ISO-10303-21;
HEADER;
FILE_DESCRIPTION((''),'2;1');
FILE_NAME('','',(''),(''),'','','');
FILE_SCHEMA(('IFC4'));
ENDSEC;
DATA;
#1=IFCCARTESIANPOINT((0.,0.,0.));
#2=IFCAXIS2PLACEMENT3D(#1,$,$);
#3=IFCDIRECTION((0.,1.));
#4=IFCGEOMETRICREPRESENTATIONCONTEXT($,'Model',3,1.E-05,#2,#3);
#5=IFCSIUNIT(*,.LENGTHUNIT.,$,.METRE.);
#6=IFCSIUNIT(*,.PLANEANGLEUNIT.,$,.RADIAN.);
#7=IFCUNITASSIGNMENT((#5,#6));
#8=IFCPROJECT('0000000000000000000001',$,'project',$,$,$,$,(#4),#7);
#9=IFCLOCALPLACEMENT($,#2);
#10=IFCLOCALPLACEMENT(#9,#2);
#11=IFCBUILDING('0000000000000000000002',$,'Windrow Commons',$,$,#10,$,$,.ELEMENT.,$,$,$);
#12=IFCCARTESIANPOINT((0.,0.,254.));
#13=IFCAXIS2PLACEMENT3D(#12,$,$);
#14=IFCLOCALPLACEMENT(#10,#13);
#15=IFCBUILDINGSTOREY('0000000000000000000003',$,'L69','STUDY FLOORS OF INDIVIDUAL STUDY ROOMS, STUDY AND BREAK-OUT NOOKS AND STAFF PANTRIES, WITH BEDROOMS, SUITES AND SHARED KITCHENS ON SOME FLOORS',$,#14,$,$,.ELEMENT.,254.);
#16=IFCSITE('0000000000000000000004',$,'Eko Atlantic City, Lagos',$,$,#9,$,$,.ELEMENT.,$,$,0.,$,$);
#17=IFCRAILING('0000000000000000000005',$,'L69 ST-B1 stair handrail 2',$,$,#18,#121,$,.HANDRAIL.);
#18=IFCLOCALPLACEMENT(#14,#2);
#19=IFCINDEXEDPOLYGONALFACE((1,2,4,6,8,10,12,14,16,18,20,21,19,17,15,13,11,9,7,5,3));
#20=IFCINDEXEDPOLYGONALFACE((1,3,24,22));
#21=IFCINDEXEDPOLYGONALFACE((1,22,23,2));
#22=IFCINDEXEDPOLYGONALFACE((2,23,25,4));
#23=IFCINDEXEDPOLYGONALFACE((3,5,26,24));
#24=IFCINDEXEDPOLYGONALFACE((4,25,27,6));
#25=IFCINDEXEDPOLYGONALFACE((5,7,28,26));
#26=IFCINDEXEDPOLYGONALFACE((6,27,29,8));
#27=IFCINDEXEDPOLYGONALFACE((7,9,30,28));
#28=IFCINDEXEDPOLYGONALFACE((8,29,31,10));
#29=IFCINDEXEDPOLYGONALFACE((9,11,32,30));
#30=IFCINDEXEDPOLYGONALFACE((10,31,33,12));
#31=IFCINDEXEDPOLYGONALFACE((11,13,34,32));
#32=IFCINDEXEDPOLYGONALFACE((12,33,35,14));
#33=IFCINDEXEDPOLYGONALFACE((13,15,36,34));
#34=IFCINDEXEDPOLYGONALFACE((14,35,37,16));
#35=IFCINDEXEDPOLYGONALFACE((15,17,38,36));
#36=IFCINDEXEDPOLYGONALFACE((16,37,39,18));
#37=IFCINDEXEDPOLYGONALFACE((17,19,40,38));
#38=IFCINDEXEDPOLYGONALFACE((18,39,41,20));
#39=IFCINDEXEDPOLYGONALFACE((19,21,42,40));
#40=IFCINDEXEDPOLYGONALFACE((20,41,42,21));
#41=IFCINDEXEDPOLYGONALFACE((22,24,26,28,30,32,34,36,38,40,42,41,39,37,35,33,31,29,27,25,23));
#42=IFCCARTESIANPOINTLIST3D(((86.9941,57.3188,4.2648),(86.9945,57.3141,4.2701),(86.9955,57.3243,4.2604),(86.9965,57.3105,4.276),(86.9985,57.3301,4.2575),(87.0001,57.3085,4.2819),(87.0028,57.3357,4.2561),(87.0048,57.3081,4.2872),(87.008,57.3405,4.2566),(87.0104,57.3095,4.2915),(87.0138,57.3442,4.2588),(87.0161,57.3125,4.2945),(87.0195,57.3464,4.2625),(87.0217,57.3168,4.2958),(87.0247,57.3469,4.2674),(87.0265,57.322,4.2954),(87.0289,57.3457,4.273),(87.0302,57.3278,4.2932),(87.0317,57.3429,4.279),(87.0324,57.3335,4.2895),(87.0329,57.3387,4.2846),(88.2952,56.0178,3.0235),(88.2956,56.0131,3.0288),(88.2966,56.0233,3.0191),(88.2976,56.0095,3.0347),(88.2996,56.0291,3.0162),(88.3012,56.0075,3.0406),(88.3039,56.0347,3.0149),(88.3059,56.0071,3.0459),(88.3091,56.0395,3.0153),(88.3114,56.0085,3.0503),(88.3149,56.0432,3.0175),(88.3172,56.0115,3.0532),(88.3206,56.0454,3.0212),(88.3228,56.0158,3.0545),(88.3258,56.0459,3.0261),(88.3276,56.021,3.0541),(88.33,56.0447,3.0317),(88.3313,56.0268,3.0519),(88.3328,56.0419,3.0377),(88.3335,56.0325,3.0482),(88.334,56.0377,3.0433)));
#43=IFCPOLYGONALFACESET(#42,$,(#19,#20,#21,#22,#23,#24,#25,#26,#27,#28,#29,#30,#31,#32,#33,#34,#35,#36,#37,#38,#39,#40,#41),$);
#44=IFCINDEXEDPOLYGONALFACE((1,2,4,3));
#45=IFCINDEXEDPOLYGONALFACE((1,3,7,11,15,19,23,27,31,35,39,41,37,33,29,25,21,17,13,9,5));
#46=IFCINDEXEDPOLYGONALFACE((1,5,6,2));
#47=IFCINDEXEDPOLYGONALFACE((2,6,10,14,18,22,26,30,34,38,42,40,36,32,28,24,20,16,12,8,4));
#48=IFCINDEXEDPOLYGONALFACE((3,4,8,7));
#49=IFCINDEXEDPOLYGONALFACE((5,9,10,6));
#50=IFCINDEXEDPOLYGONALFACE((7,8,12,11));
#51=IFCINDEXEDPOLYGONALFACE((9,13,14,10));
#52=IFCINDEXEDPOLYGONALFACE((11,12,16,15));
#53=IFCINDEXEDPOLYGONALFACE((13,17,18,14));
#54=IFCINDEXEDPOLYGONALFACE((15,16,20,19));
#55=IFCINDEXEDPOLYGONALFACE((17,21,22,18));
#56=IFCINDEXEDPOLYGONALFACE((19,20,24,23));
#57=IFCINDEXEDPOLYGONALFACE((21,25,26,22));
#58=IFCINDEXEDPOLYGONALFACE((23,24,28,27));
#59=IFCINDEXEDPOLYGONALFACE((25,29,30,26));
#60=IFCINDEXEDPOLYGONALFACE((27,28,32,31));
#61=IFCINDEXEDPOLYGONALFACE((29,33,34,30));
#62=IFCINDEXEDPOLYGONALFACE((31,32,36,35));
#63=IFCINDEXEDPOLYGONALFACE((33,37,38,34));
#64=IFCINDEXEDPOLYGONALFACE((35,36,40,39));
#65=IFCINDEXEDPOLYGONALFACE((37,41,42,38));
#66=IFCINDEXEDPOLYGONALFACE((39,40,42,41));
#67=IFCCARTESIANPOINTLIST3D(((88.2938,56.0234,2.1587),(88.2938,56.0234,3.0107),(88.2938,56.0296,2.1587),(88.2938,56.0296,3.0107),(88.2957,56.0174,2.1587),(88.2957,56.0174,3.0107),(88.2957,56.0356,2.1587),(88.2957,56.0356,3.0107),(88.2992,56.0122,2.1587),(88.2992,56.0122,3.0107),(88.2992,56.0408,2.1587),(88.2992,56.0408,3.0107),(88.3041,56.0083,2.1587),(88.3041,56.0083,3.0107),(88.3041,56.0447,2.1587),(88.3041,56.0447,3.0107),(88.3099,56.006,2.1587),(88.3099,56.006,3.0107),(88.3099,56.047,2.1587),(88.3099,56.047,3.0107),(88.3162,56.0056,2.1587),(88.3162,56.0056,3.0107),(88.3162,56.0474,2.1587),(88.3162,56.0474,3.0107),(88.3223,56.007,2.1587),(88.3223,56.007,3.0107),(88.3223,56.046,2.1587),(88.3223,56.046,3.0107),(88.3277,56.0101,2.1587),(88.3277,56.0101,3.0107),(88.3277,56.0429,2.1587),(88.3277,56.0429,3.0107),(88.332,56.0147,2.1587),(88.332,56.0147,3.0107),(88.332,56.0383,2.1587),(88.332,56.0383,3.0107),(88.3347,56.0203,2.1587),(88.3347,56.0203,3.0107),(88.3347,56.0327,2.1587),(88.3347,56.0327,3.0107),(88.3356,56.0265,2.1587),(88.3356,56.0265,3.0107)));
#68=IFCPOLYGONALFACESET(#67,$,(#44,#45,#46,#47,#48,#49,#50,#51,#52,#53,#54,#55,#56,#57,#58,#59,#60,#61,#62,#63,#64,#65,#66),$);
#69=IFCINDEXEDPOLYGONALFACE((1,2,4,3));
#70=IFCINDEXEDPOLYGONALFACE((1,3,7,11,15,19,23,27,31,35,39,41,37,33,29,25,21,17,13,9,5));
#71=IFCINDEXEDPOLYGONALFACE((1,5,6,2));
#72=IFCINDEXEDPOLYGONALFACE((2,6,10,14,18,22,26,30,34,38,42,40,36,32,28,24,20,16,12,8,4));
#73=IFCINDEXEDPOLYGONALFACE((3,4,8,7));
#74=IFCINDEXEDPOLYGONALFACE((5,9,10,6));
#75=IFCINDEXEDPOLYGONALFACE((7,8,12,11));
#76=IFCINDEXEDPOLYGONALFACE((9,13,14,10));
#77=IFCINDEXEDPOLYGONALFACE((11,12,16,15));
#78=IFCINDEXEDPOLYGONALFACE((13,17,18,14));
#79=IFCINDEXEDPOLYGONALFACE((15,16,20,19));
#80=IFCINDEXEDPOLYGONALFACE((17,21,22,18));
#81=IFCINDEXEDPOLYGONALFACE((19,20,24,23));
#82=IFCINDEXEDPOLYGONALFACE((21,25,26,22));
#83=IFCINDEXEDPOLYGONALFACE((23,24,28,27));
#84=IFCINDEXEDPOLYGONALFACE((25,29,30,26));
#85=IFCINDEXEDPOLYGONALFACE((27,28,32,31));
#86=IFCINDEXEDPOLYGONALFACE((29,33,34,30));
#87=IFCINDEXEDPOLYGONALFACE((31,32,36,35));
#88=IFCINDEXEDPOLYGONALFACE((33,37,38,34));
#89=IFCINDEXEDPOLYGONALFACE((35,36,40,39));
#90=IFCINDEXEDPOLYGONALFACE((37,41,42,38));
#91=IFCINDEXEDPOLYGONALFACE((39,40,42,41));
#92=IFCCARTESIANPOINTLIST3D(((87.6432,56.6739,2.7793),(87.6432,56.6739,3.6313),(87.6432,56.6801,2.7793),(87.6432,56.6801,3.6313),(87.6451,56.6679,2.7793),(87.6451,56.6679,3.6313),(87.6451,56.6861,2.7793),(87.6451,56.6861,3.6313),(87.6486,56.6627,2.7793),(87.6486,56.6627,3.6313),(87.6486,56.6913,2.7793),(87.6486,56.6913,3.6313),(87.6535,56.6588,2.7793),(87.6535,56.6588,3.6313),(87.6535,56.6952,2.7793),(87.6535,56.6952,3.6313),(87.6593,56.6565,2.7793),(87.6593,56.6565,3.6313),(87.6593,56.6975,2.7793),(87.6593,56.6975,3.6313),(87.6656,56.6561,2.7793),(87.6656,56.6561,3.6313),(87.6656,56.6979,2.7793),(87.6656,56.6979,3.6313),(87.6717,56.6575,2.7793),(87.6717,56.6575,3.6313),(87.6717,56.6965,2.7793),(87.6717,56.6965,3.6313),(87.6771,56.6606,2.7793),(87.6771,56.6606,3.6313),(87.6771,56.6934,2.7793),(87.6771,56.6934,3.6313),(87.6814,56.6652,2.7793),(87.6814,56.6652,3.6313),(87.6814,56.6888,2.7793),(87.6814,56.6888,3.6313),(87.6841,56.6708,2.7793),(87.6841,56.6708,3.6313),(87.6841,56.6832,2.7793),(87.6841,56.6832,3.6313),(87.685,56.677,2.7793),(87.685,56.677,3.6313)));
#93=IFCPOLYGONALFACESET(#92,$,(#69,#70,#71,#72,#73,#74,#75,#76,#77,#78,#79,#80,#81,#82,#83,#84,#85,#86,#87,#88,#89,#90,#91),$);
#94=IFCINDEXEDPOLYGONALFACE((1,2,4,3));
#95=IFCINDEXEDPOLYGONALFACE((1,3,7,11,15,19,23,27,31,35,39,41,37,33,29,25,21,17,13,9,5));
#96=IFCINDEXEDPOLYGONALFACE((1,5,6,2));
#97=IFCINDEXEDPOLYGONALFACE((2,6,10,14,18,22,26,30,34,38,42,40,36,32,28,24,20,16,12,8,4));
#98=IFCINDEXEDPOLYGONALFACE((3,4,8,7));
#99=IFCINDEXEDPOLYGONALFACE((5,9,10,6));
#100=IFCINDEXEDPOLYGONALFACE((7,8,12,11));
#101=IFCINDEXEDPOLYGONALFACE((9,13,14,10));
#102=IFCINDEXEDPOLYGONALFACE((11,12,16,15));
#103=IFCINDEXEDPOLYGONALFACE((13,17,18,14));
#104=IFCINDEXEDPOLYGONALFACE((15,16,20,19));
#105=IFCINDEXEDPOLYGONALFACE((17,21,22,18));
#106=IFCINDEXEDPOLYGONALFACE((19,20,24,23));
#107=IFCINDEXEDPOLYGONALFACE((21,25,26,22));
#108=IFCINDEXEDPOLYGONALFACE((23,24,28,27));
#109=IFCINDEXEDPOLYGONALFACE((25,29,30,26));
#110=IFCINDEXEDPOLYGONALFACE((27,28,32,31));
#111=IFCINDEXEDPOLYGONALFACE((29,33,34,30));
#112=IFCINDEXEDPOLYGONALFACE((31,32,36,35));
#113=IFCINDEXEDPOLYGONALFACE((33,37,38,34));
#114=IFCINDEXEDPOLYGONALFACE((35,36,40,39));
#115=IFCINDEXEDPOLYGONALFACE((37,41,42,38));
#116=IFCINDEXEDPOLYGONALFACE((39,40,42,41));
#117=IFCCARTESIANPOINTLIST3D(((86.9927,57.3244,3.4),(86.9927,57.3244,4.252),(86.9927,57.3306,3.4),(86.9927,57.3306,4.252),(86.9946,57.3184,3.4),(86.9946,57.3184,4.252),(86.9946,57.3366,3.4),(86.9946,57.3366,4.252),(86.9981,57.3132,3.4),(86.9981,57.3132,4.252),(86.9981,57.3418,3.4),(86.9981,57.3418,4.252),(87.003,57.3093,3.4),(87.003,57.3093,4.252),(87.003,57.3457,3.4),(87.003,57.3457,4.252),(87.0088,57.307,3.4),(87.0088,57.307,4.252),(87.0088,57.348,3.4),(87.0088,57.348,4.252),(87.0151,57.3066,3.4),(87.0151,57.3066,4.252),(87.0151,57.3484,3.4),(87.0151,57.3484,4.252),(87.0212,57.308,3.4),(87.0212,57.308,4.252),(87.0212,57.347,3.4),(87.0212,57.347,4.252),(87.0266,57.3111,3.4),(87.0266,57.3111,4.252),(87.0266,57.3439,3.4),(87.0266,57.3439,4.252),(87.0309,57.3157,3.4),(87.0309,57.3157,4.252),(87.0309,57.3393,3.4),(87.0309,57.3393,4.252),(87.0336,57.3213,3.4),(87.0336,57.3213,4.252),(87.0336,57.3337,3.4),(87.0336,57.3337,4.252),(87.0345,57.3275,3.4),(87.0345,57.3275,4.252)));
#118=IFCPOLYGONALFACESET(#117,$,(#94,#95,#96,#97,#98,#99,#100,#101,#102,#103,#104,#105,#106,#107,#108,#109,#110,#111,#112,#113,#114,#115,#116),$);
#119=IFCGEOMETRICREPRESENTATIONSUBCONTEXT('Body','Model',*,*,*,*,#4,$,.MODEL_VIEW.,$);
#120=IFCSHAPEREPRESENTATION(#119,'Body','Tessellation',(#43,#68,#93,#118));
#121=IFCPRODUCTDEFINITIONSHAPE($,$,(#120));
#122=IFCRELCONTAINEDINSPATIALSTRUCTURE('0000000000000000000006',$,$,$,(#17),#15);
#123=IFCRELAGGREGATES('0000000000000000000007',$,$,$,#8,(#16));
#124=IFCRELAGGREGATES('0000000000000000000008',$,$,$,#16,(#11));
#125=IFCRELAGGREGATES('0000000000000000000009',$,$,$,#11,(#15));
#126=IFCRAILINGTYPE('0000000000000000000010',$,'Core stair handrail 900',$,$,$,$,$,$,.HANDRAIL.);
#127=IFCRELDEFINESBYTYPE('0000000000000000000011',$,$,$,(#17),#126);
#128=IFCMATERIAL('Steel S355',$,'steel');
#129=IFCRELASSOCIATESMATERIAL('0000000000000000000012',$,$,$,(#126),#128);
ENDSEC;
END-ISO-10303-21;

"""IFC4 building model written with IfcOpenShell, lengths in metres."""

from ifc_helpers import new_model, si_unit, direction, frame, origin, origin_2d, place, context, subcontext, project, spatial, circle, extrude, material, type_object, element, save


model = new_model("IFC4")

# Units and contexts
model_context = context("Model", 3, precision=1e-05, world=origin(), true_north=direction((0.0, 1.0)))
body_context = subcontext(model_context, "Body", "Model", "MODEL_VIEW")
ifc_project = project(units=[si_unit("LENGTHUNIT", "METRE"), si_unit("PLANEANGLEUNIT", "RADIAN")], contexts=[model_context])

# Site, building, storey
site_placement = place(None, origin())
site = spatial("IfcSite", under=ifc_project, at=site_placement, Name="Eko Atlantic City, Lagos", CompositionType="ELEMENT", RefElevation=0.0)
building_placement = place(site_placement, origin())
building = spatial("IfcBuilding", under=site, at=building_placement, Name="Windrow Commons", CompositionType="ELEMENT")
storey_placement = place(building_placement, frame((0.0, 0.0, 254.0)))
storey = spatial("IfcBuildingStorey", under=building, at=storey_placement, Name="L69", Description="STUDY FLOORS OF INDIVIDUAL STUDY ROOMS, STUDY AND BREAK-OUT NOOKS AND STAFF PANTRIES, WITH BEDROOMS, SUITES AND SHARED KITCHENS ON SOME FLOORS", CompositionType="ELEMENT", Elevation=254.0)

# Railing
ifc_material_1 = material(Name="Steel S355", Category="steel")
railing_type_1 = type_object("IfcRailingType", Name="Core stair handrail 900", PredefinedType="HANDRAIL", material=ifc_material_1)
railing_1_placement = place(storey_placement, frame((88.3146, 56.0265, 2.1587)))
element("IfcRailing", 1, at=railing_1_placement, inside=storey, type_object=railing_type_1, Name="L69 ST-B1 stair handrail 2", PredefinedType="HANDRAIL", context=body_context, shape_type="SweptSolid", body=[
    extrude(circle(Radius=0.024, at=origin_2d()), frame((0.0, 0.0, 0.876), z_axis=(-0.586207, 0.586162, 0.559264), x_axis=(-0.70708, -0.707134, 0.0)), (0.0, 0.0, 1.0), 2.2195),
    extrude(circle(Radius=0.021, at=origin_2d()), origin(), (0.0, 0.0, 1.0), 0.852),
    extrude(circle(Radius=0.021, at=origin_2d()), frame((-0.6506, 0.6505, 0.6206)), (0.0, 0.0, 1.0), 0.852),
    extrude(circle(Radius=0.021, at=origin_2d()), frame((-1.3011, 1.301, 1.2413)), (0.0, 0.0, 1.0), 0.852),
])

save(model, "model.ifc")
